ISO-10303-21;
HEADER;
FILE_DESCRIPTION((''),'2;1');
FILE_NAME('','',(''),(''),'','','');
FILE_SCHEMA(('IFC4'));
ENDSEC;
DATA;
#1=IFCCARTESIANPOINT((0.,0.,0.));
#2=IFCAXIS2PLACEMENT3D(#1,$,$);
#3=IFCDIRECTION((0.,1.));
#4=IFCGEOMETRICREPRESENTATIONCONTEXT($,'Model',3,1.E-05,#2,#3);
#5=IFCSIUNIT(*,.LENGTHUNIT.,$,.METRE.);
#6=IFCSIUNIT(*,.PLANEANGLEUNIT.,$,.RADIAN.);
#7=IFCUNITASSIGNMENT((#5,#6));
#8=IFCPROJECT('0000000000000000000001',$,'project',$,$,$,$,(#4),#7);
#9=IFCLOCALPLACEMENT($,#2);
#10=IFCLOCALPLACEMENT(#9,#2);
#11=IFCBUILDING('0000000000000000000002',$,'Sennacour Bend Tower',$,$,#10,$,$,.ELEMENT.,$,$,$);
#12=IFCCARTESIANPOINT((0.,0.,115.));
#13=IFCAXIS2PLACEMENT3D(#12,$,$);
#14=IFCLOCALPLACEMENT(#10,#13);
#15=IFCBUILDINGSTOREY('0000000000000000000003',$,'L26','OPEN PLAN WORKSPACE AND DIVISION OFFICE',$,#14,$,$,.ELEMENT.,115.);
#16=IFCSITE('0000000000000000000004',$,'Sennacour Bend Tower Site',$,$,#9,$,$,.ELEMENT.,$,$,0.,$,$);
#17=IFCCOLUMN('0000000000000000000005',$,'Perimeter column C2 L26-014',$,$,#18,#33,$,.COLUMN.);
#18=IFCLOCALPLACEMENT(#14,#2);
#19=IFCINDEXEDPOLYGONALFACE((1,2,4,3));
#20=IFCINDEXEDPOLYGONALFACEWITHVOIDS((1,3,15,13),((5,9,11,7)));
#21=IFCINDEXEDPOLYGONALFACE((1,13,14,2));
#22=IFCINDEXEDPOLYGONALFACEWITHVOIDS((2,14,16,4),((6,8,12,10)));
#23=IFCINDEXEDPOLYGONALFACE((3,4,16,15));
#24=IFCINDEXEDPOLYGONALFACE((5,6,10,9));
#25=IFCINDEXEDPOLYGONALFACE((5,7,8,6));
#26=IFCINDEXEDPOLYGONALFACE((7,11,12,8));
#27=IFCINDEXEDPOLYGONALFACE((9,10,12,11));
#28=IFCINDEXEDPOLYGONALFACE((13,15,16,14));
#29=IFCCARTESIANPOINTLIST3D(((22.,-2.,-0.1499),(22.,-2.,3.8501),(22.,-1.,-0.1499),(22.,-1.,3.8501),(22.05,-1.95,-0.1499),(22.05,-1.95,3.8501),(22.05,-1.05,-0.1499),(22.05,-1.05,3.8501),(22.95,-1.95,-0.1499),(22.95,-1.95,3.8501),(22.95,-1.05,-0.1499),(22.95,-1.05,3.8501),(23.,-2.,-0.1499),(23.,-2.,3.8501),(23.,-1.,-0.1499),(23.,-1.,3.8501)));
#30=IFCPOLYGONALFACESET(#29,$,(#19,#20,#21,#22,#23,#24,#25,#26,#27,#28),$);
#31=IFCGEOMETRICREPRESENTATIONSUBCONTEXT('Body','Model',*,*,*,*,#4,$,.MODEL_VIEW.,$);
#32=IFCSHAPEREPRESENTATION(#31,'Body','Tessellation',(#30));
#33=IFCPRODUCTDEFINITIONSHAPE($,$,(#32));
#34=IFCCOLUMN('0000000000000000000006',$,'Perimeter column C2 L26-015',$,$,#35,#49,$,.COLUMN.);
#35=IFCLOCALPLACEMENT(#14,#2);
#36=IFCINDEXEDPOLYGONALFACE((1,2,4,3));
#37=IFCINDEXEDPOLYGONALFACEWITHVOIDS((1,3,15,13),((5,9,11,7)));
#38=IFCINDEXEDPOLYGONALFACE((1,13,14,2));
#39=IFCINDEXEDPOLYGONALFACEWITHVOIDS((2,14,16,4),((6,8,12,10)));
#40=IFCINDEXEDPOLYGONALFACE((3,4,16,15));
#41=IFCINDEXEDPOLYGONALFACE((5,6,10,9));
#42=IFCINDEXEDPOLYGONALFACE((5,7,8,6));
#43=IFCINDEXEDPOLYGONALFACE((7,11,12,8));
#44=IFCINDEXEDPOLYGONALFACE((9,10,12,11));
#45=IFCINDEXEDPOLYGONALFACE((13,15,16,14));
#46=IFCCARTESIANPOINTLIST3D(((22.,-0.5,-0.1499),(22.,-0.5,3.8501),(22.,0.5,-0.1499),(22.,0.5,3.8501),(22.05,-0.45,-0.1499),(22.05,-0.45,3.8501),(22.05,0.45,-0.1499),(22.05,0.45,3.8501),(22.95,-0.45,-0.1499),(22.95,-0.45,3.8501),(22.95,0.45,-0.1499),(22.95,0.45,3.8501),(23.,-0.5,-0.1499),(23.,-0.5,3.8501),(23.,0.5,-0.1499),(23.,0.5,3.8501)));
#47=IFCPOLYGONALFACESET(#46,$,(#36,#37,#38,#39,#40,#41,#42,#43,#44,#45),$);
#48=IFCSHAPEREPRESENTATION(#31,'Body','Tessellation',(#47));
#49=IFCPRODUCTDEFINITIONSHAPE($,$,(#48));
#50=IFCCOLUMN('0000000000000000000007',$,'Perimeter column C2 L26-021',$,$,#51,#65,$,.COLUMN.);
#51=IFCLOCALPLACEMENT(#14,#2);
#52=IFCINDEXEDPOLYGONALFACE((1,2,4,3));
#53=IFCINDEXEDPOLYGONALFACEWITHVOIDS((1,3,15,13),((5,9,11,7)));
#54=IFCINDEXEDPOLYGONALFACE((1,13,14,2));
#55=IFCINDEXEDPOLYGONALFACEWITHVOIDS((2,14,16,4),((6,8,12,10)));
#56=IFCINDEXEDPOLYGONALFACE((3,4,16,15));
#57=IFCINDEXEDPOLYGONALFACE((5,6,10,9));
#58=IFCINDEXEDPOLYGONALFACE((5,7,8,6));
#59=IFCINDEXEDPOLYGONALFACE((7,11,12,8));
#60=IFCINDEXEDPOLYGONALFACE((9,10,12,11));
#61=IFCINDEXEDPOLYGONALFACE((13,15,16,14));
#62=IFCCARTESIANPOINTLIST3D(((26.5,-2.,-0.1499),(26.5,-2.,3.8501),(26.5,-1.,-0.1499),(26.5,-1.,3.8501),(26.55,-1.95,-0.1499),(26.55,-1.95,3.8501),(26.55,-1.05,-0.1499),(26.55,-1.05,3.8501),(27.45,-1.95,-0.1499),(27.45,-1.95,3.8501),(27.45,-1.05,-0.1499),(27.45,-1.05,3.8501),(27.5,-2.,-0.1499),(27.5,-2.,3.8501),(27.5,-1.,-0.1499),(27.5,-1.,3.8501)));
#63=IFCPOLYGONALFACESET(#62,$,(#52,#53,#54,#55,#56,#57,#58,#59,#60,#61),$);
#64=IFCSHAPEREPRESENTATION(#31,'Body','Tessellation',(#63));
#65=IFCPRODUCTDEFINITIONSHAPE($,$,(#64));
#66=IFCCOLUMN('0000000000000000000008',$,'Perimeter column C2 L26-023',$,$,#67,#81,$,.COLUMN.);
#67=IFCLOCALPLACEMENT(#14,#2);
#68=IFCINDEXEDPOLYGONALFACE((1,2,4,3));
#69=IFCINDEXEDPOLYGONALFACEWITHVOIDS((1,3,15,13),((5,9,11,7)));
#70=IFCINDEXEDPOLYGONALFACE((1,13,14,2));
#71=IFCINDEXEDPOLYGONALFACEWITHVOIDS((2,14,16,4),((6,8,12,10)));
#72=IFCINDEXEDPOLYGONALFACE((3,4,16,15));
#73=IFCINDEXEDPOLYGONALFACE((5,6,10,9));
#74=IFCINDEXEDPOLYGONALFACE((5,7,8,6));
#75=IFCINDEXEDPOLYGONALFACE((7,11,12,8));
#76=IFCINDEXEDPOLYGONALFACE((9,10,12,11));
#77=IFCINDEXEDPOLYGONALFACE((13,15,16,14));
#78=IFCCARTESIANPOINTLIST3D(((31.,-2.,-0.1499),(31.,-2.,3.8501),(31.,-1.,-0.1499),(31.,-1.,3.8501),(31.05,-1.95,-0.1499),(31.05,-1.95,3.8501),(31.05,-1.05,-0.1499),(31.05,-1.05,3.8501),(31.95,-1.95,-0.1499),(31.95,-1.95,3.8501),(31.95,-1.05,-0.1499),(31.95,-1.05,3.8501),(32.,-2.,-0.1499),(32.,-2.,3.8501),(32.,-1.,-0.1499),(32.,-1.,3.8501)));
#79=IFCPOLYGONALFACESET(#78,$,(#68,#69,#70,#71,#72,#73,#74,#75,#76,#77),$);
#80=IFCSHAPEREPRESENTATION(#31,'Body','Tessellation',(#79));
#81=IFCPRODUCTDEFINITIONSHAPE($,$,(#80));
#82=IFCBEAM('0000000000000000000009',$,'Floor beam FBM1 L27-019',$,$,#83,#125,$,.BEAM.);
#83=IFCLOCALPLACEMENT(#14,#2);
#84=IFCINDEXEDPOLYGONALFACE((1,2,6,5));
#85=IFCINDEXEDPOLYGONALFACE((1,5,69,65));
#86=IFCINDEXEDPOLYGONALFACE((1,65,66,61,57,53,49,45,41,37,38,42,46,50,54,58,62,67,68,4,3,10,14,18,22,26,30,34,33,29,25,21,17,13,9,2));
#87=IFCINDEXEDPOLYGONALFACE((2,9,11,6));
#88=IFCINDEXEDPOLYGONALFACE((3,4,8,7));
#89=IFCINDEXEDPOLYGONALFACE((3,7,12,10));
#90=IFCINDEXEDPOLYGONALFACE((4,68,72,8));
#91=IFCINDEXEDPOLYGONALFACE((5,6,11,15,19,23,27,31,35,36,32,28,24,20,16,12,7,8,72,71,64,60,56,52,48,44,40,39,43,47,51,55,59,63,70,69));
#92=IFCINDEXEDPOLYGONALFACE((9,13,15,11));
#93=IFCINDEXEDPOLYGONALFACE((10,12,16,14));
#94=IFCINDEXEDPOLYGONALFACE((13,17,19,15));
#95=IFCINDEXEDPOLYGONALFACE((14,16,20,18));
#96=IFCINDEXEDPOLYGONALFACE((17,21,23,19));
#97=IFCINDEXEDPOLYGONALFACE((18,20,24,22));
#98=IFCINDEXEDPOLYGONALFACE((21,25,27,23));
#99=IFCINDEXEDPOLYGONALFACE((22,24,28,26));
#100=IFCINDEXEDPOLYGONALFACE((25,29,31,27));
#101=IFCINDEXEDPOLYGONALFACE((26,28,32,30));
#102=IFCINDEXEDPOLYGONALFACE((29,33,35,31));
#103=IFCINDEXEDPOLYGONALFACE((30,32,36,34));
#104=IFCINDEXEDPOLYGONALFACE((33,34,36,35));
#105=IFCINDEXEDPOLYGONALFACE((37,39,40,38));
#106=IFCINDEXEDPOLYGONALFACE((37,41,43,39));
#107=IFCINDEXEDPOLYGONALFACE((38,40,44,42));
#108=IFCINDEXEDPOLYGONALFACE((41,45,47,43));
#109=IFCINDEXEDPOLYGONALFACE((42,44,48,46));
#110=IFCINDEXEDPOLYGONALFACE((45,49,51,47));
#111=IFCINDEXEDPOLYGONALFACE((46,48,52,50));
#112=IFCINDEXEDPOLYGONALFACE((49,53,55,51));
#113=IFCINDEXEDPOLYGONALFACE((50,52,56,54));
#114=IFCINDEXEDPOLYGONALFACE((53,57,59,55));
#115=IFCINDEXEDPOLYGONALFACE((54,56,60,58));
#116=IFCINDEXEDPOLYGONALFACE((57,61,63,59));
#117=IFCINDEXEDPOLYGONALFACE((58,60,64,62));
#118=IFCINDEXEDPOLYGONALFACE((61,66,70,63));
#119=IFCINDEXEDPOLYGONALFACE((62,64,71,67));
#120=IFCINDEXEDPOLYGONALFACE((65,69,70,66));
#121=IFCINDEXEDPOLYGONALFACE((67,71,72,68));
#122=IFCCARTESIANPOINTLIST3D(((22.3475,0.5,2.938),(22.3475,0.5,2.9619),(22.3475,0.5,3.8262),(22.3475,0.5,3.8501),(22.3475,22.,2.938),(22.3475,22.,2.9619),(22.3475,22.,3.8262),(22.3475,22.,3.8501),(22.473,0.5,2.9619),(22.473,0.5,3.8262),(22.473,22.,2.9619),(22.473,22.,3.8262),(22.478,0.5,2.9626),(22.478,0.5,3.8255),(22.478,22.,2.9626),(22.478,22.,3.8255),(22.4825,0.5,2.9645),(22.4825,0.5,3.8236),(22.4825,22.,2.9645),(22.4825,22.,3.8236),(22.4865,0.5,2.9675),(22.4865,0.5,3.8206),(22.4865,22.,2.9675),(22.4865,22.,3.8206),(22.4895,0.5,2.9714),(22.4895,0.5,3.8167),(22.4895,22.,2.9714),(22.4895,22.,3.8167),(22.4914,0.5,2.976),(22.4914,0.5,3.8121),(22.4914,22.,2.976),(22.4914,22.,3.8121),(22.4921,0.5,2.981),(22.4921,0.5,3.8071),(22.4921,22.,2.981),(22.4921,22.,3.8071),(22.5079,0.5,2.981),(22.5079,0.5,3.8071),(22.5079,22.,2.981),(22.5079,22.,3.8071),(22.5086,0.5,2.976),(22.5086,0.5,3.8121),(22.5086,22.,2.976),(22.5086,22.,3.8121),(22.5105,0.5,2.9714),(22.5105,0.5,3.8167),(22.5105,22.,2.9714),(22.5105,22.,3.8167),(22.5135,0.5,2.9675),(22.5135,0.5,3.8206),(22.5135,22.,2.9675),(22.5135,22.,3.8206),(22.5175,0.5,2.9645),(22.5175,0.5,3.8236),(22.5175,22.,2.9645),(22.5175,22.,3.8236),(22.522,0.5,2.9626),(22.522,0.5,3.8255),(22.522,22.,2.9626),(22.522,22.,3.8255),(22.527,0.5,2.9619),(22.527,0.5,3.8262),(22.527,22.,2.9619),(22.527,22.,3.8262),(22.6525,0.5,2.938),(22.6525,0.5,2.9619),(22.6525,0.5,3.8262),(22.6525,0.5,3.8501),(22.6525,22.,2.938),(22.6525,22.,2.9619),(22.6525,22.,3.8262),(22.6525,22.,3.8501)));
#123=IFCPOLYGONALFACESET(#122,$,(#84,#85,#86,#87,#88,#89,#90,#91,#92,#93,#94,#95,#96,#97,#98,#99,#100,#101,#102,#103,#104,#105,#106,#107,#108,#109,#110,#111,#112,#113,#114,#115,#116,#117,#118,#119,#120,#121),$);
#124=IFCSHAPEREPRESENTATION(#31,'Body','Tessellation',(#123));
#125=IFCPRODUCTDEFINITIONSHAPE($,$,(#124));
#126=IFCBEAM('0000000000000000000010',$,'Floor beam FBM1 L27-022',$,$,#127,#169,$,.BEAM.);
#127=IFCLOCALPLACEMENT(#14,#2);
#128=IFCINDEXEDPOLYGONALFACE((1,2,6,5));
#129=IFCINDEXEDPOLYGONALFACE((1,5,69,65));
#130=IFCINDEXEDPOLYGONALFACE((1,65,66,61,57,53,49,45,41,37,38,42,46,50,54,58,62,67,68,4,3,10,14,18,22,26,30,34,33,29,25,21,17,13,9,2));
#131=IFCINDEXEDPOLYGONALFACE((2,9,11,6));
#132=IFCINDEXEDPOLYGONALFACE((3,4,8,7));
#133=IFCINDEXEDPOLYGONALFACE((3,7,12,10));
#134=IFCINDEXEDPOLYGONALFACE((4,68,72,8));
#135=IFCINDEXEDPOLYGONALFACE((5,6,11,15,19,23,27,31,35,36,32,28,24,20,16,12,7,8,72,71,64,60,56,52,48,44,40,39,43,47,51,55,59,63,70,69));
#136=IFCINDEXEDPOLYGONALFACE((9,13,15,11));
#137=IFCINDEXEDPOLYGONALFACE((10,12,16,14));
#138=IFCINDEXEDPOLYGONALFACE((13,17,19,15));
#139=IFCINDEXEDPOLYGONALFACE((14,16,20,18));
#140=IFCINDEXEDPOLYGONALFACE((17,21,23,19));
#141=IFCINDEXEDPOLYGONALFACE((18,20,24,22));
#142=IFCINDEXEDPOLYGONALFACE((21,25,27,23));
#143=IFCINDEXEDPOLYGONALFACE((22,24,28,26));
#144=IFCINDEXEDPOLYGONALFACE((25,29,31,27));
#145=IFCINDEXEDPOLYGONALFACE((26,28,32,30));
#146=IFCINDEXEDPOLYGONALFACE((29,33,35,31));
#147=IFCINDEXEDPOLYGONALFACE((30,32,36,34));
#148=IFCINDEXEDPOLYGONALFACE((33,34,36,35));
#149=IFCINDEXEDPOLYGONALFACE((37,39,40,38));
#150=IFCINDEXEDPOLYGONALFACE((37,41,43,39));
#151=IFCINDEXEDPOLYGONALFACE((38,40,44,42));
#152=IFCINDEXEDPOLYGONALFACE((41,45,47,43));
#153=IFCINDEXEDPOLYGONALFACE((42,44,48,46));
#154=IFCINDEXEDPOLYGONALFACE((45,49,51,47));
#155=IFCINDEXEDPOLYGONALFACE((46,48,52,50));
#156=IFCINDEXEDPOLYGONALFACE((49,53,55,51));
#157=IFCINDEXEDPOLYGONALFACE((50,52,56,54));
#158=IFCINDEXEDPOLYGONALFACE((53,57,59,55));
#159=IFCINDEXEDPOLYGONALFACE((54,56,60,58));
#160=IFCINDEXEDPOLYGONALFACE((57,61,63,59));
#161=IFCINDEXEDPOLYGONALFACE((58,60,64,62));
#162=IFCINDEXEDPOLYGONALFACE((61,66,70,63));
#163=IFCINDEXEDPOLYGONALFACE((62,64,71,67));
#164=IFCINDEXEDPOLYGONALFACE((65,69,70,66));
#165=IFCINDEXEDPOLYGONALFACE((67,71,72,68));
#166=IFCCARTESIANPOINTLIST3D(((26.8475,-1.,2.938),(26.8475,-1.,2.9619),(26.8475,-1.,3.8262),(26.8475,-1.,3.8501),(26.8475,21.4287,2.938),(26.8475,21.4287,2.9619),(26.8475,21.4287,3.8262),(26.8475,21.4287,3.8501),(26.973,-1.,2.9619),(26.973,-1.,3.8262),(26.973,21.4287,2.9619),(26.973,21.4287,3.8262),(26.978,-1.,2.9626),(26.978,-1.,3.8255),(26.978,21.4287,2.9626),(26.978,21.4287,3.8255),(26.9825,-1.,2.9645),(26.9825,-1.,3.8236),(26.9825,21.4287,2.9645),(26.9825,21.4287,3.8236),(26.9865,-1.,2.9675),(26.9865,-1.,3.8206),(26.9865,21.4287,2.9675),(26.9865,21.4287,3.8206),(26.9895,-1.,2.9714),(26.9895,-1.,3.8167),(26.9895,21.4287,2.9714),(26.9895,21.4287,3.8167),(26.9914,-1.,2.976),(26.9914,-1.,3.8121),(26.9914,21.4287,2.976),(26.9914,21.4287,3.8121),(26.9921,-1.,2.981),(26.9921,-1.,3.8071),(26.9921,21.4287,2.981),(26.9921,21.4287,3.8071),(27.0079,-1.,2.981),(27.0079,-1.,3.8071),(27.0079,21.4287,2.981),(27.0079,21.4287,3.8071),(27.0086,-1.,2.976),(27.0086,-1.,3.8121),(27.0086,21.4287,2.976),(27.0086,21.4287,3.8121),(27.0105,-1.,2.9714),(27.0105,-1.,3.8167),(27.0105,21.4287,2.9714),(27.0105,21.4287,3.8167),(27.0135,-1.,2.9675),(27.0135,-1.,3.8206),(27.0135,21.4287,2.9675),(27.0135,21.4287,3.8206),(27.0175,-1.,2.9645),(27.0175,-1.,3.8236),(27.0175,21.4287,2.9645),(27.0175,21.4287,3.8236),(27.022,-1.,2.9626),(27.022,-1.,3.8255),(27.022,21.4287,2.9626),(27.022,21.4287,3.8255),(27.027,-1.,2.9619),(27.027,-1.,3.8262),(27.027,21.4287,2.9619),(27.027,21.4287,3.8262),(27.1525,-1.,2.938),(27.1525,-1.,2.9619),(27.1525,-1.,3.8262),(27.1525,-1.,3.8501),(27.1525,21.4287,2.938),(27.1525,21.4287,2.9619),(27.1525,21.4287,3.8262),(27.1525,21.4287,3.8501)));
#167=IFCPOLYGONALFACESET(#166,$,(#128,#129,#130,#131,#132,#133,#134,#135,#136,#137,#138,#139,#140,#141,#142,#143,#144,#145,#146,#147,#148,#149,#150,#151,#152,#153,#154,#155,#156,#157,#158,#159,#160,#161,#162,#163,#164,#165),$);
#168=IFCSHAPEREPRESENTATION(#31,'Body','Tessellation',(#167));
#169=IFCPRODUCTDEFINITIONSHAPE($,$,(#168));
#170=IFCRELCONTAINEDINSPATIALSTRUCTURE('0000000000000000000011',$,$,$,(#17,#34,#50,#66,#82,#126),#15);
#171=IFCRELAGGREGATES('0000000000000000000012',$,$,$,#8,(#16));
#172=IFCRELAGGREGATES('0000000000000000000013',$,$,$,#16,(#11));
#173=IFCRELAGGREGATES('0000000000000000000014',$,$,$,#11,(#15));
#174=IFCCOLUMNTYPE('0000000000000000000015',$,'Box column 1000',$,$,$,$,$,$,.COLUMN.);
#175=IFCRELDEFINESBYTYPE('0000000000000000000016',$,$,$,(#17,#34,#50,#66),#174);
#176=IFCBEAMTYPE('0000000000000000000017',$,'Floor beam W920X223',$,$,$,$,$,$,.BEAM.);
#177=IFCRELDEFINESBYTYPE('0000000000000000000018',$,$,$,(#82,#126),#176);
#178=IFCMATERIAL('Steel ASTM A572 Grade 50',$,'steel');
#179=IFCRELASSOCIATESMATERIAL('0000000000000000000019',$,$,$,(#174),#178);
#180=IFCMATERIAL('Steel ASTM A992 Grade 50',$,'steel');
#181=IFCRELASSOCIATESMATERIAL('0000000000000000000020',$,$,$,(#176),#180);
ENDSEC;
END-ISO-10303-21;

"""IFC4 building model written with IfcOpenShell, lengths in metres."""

from ifc_helpers import new_model, si_unit, direction, frame, origin, origin_2d, place, context, subcontext, project, spatial, hollow_rectangle, i_section, extrude, material, material_profile, profile_set, type_object, element, save


model = new_model("IFC4")

# Units and contexts
model_context = context("Model", 3, precision=1e-05, world=origin(), true_north=direction((0.0, 1.0)))
body_context = subcontext(model_context, "Body", "Model", "MODEL_VIEW")
ifc_project = project(units=[si_unit("LENGTHUNIT", "METRE"), si_unit("PLANEANGLEUNIT", "RADIAN")], contexts=[model_context])

# Site, building, storey
site_placement = place(None, origin())
site = spatial("IfcSite", under=ifc_project, at=site_placement, Name="Sennacour Bend Tower Site", CompositionType="ELEMENT", RefElevation=0.0)
building_placement = place(site_placement, origin())
building = spatial("IfcBuilding", under=site, at=building_placement, Name="Sennacour Bend Tower", CompositionType="ELEMENT")
storey_placement = place(building_placement, frame((0.0, 0.0, 115.0)))
storey = spatial("IfcBuildingStorey", under=building, at=storey_placement, Name="L26", Description="OPEN PLAN WORKSPACE AND DIVISION OFFICE", CompositionType="ELEMENT", Elevation=115.0)

# Columns
ifc_material_1 = material(Name="Steel ASTM A572 Grade 50", Category="steel")
ifc_material_profile_1 = material_profile(ifc_material_1, hollow_rectangle(XDim=1.0, YDim=1.0, WallThickness=0.05, at=origin_2d()), Name="Steel ASTM A572 Grade 50", Category="steel")
ifc_profile_set_1 = profile_set([ifc_material_profile_1], Name="Steel ASTM A572 Grade 50")
column_type = type_object("IfcColumnType", Name="Box column 1000", PredefinedType="COLUMN", material=ifc_profile_set_1)
for number, where, z_axis, x_axis, name in (
    (1, (22.5, -1.5, -0.1499), (0.0, 0.0, 1.0), (1.0, 0.0, 0.0), "Perimeter column C2 L26-014"),
    (2, (22.5, 0.0, -0.1499), (0.0, 0.0, 1.0), (1.0, 0.0, 0.0), "Perimeter column C2 L26-015"),
    (3, (27.0, -1.5, -0.1499), (0.0, 0.0, 1.0), (1.0, 0.0, 0.0), "Perimeter column C2 L26-021"),
    (4, (31.5, -1.5, -0.1499), (0.0, 0.0, 1.0), (1.0, 0.0, 0.0), "Perimeter column C2 L26-023"),
):
    element("IfcColumn", number, at=place(storey_placement, frame(where, z_axis=z_axis, x_axis=x_axis)), inside=storey, type_object=column_type, Name=name, PredefinedType="COLUMN", context=body_context, shape_type="SweptSolid", body=[
        extrude(hollow_rectangle(XDim=1.0, YDim=1.0, WallThickness=0.05, at=origin_2d()), origin(), (0.0, 0.0, 1.0), 4.0),
    ])

# Beams
ifc_material_2 = material(Name="Steel ASTM A992 Grade 50", Category="steel")
ifc_material_profile_2 = material_profile(ifc_material_2, i_section(OverallWidth=0.3049, OverallDepth=0.9121, WebThickness=0.0159, FlangeThickness=0.0239, FilletRadius=0.019, at=origin_2d()), Name="Steel ASTM A992 Grade 50", Category="steel")
ifc_profile_set_2 = profile_set([ifc_material_profile_2], Name="Steel ASTM A992 Grade 50")
beam_type_1 = type_object("IfcBeamType", Name="Floor beam W920X223", PredefinedType="BEAM", material=ifc_profile_set_2)
beam_1_placement = place(storey_placement, frame((22.5, 0.5, 3.394), z_axis=(0.0, 1.0, 0.0), x_axis=(-1.0, 0.0, 0.0)))
element("IfcBeam", 5, at=beam_1_placement, inside=storey, type_object=beam_type_1, Name="Floor beam FBM1 L27-019", PredefinedType="BEAM", context=body_context, shape_type="SweptSolid", body=[
    extrude(i_section(OverallWidth=0.3049, OverallDepth=0.9121, WebThickness=0.0159, FlangeThickness=0.0239, FilletRadius=0.019, at=origin_2d()), origin(), (0.0, 0.0, 1.0), 21.5),
])
beam_2_placement = place(storey_placement, frame((27.0, -1.0, 3.394), z_axis=(0.0, 1.0, 0.0), x_axis=(-1.0, 0.0, 0.0)))
element("IfcBeam", 6, at=beam_2_placement, inside=storey, type_object=beam_type_1, Name="Floor beam FBM1 L27-022", PredefinedType="BEAM", context=body_context, shape_type="SweptSolid", body=[
    extrude(i_section(OverallWidth=0.3049, OverallDepth=0.9121, WebThickness=0.0159, FlangeThickness=0.0239, FilletRadius=0.019, at=origin_2d()), origin(), (0.0, 0.0, 1.0), 22.4287),
])

save(model, "model.ifc")
